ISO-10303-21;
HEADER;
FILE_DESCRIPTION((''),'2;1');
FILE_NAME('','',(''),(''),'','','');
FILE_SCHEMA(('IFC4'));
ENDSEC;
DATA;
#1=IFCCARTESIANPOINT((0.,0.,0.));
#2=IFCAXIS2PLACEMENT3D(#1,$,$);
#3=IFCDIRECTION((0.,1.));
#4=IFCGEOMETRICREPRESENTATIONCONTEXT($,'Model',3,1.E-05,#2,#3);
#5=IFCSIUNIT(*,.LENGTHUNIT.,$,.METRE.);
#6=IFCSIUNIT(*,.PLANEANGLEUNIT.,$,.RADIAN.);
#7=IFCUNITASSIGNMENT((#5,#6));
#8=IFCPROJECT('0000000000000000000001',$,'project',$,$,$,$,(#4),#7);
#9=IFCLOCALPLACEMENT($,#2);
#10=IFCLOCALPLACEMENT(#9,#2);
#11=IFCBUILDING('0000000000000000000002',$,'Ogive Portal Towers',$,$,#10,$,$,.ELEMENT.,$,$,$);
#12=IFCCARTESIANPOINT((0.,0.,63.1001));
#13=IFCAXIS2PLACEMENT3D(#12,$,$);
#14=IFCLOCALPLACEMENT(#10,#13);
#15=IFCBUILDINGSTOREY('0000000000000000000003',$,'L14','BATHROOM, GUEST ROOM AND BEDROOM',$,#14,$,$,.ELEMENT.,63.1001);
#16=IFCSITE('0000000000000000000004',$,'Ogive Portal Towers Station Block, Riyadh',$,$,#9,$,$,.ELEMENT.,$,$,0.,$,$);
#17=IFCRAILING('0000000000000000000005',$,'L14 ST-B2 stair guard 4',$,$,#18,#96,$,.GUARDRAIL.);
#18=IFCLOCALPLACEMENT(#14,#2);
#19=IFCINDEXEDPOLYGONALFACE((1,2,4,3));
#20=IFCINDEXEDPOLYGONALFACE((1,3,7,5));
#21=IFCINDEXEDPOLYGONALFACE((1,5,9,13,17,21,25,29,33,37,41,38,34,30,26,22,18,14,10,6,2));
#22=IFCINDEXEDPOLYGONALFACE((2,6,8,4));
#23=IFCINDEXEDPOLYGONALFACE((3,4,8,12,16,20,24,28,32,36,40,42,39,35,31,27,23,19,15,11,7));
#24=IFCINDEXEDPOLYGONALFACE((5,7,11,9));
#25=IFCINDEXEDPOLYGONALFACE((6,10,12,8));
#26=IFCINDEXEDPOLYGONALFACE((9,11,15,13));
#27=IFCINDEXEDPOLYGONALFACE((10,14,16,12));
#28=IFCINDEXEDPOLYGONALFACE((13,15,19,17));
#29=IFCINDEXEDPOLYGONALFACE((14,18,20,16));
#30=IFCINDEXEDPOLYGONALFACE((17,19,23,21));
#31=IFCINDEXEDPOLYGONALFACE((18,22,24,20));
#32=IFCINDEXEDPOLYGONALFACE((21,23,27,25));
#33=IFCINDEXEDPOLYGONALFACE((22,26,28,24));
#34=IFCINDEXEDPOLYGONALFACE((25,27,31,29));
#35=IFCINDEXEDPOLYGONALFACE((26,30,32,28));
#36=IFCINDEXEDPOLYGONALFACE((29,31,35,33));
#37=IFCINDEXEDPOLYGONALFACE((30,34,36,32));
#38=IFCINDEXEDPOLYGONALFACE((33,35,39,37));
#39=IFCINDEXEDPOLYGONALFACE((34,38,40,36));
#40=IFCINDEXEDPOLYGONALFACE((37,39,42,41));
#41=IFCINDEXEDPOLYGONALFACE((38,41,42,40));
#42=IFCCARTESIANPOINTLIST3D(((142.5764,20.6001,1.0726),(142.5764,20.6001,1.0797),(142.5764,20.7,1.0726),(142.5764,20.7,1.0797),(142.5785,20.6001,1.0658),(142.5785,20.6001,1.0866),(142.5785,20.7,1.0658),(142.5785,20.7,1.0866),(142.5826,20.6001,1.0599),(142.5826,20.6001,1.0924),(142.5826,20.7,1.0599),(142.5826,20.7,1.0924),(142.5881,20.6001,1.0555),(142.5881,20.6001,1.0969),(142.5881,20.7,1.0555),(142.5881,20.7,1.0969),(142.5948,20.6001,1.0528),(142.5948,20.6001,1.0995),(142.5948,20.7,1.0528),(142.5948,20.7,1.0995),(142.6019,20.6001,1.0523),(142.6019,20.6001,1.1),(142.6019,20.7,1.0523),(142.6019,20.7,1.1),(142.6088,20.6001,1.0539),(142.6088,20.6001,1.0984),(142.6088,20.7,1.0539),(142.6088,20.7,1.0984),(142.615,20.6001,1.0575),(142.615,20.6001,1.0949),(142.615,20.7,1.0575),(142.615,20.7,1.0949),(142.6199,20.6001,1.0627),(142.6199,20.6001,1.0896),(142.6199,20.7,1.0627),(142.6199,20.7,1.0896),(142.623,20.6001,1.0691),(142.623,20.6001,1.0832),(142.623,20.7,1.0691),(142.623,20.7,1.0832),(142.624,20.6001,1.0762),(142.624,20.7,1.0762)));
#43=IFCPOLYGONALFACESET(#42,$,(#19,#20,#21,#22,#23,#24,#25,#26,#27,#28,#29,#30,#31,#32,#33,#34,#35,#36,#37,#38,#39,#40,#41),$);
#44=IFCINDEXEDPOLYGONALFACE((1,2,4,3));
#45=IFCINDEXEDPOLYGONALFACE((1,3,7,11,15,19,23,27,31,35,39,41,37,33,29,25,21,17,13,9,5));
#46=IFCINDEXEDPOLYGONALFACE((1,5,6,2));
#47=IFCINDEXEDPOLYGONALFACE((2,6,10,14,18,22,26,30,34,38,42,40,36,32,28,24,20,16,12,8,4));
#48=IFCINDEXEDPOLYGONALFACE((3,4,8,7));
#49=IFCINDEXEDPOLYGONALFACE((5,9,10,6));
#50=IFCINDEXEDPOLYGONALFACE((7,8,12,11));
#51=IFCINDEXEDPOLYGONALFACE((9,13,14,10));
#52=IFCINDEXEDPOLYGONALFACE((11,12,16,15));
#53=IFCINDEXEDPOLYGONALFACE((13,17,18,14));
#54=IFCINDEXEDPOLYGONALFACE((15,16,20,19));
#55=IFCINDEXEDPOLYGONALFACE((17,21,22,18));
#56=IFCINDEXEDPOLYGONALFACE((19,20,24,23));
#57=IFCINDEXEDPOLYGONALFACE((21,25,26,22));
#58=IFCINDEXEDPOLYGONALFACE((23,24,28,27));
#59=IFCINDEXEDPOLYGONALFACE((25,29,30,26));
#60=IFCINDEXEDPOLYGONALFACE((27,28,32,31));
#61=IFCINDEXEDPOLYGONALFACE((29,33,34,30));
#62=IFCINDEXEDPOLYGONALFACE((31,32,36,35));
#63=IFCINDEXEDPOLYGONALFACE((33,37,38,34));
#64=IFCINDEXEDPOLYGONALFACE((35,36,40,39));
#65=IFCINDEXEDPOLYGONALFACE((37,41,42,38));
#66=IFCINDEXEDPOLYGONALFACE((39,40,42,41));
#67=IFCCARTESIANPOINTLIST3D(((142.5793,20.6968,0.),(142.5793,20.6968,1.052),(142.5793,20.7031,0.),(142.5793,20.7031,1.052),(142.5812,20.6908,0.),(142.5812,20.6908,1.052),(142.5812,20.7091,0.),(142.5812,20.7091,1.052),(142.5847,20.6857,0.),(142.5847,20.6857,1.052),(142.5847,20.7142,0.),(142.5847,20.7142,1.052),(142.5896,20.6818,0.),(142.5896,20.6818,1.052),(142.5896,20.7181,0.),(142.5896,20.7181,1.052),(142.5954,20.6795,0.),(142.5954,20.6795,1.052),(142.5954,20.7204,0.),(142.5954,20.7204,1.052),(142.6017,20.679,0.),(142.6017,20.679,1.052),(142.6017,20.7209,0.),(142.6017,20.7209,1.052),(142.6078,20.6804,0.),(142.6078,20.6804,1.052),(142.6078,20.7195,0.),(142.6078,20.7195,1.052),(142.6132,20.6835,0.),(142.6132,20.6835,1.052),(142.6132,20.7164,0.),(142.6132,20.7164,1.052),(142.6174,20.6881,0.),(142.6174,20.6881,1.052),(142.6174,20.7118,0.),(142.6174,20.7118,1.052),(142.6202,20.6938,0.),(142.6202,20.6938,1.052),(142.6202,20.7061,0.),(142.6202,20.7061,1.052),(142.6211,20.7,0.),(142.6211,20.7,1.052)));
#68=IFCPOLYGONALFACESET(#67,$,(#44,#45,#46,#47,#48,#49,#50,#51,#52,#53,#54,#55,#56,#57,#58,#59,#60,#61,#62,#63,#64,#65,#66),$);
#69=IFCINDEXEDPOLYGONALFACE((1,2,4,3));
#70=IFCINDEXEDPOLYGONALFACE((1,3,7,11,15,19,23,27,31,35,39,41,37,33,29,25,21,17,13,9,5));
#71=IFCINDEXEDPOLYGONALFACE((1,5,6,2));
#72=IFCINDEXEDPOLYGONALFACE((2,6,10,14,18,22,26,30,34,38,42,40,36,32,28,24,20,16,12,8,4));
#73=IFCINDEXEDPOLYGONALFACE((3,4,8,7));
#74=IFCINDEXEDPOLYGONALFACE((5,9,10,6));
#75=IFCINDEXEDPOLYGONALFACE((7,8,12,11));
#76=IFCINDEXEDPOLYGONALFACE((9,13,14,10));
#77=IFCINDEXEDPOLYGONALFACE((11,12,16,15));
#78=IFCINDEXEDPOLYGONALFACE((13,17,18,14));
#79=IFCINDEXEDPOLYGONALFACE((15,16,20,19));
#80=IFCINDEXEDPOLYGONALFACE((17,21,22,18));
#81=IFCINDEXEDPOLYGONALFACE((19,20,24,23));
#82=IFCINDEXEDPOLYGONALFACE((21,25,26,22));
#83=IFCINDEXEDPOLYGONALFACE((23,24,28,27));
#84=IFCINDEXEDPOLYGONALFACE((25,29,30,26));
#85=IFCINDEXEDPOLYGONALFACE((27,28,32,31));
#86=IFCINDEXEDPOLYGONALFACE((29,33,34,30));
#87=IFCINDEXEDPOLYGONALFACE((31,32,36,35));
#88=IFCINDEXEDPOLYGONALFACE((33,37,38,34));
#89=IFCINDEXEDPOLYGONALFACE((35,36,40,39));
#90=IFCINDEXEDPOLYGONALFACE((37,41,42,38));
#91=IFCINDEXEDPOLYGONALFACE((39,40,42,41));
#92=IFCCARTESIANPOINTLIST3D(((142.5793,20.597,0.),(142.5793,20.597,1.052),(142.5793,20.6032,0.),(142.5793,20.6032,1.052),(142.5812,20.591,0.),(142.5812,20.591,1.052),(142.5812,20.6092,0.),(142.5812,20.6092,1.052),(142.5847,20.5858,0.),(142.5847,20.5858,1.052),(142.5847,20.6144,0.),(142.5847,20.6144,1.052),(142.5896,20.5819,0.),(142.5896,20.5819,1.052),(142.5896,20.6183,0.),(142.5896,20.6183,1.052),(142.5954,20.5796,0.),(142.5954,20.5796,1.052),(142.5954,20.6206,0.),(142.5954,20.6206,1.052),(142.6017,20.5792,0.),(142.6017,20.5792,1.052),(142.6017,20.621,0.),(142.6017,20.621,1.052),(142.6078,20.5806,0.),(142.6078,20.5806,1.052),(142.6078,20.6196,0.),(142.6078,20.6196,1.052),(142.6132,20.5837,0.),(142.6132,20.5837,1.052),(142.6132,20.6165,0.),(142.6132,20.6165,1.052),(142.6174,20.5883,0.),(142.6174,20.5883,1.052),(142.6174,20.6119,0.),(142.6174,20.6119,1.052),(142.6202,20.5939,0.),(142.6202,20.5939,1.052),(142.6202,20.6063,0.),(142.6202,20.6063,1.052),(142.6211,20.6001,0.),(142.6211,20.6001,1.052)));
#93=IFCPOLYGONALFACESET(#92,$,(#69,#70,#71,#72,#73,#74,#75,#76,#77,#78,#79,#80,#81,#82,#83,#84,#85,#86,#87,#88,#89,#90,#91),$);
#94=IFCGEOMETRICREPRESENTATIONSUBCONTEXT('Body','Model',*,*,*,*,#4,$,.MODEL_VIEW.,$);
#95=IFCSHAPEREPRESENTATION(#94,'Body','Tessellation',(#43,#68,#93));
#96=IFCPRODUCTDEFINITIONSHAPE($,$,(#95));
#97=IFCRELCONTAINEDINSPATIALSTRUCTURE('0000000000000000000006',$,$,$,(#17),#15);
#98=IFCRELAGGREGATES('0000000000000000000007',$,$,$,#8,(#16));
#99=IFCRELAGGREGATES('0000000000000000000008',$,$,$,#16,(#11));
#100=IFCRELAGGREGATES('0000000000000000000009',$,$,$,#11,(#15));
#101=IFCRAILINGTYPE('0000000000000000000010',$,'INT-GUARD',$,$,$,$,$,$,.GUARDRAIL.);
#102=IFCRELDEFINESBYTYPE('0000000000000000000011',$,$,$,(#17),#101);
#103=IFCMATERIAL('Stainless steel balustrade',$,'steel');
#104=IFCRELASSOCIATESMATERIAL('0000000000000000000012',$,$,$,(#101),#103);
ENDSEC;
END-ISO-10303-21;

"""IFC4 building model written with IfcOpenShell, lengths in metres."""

from ifc_helpers import new_model, si_unit, direction, frame, origin, origin_2d, place, context, subcontext, project, spatial, circle, extrude, material, type_object, element, save


model = new_model("IFC4")

# Units and contexts
model_context = context("Model", 3, precision=1e-05, world=origin(), true_north=direction((0.0, 1.0)))
body_context = subcontext(model_context, "Body", "Model", "MODEL_VIEW")
ifc_project = project(units=[si_unit("LENGTHUNIT", "METRE"), si_unit("PLANEANGLEUNIT", "RADIAN")], contexts=[model_context])

# Site, building, storey
site_placement = place(None, origin())
site = spatial("IfcSite", under=ifc_project, at=site_placement, Name="Ogive Portal Towers Station Block, Riyadh", CompositionType="ELEMENT", RefElevation=0.0)
building_placement = place(site_placement, origin())
building = spatial("IfcBuilding", under=site, at=building_placement, Name="Ogive Portal Towers", CompositionType="ELEMENT")
storey_placement = place(building_placement, frame((0.0, 0.0, 63.1001)))
storey = spatial("IfcBuildingStorey", under=building, at=storey_placement, Name="L14", Description="BATHROOM, GUEST ROOM AND BEDROOM", CompositionType="ELEMENT", Elevation=63.1001)

# Railing
ifc_material_1 = material(Name="Stainless steel balustrade", Category="steel")
railing_type_1 = type_object("IfcRailingType", Name="INT-GUARD", PredefinedType="GUARDRAIL", material=ifc_material_1)
railing_1_placement = place(storey_placement, frame((142.6001, 20.7, 0.0)))
element("IfcRailing", 1, at=railing_1_placement, inside=storey, type_object=railing_type_1, Name="L14 ST-B2 stair guard 4", PredefinedType="GUARDRAIL", context=body_context, shape_type="SweptSolid", body=[
    extrude(circle(Radius=0.0239, at=origin_2d()), frame((0.0, 0.0, 1.0762), z_axis=(0.0, -1.0, 0.0), x_axis=(1.0, 0.0, 0.0)), (0.0, 0.0, 1.0), 0.0999),
    extrude(circle(Radius=0.021, at=origin_2d()), origin(), (0.0, 0.0, 1.0), 1.052),
    extrude(circle(Radius=0.021, at=origin_2d()), frame((0.0, -0.0999, 0.0)), (0.0, 0.0, 1.0), 1.052),
])

save(model, "model.ifc")
